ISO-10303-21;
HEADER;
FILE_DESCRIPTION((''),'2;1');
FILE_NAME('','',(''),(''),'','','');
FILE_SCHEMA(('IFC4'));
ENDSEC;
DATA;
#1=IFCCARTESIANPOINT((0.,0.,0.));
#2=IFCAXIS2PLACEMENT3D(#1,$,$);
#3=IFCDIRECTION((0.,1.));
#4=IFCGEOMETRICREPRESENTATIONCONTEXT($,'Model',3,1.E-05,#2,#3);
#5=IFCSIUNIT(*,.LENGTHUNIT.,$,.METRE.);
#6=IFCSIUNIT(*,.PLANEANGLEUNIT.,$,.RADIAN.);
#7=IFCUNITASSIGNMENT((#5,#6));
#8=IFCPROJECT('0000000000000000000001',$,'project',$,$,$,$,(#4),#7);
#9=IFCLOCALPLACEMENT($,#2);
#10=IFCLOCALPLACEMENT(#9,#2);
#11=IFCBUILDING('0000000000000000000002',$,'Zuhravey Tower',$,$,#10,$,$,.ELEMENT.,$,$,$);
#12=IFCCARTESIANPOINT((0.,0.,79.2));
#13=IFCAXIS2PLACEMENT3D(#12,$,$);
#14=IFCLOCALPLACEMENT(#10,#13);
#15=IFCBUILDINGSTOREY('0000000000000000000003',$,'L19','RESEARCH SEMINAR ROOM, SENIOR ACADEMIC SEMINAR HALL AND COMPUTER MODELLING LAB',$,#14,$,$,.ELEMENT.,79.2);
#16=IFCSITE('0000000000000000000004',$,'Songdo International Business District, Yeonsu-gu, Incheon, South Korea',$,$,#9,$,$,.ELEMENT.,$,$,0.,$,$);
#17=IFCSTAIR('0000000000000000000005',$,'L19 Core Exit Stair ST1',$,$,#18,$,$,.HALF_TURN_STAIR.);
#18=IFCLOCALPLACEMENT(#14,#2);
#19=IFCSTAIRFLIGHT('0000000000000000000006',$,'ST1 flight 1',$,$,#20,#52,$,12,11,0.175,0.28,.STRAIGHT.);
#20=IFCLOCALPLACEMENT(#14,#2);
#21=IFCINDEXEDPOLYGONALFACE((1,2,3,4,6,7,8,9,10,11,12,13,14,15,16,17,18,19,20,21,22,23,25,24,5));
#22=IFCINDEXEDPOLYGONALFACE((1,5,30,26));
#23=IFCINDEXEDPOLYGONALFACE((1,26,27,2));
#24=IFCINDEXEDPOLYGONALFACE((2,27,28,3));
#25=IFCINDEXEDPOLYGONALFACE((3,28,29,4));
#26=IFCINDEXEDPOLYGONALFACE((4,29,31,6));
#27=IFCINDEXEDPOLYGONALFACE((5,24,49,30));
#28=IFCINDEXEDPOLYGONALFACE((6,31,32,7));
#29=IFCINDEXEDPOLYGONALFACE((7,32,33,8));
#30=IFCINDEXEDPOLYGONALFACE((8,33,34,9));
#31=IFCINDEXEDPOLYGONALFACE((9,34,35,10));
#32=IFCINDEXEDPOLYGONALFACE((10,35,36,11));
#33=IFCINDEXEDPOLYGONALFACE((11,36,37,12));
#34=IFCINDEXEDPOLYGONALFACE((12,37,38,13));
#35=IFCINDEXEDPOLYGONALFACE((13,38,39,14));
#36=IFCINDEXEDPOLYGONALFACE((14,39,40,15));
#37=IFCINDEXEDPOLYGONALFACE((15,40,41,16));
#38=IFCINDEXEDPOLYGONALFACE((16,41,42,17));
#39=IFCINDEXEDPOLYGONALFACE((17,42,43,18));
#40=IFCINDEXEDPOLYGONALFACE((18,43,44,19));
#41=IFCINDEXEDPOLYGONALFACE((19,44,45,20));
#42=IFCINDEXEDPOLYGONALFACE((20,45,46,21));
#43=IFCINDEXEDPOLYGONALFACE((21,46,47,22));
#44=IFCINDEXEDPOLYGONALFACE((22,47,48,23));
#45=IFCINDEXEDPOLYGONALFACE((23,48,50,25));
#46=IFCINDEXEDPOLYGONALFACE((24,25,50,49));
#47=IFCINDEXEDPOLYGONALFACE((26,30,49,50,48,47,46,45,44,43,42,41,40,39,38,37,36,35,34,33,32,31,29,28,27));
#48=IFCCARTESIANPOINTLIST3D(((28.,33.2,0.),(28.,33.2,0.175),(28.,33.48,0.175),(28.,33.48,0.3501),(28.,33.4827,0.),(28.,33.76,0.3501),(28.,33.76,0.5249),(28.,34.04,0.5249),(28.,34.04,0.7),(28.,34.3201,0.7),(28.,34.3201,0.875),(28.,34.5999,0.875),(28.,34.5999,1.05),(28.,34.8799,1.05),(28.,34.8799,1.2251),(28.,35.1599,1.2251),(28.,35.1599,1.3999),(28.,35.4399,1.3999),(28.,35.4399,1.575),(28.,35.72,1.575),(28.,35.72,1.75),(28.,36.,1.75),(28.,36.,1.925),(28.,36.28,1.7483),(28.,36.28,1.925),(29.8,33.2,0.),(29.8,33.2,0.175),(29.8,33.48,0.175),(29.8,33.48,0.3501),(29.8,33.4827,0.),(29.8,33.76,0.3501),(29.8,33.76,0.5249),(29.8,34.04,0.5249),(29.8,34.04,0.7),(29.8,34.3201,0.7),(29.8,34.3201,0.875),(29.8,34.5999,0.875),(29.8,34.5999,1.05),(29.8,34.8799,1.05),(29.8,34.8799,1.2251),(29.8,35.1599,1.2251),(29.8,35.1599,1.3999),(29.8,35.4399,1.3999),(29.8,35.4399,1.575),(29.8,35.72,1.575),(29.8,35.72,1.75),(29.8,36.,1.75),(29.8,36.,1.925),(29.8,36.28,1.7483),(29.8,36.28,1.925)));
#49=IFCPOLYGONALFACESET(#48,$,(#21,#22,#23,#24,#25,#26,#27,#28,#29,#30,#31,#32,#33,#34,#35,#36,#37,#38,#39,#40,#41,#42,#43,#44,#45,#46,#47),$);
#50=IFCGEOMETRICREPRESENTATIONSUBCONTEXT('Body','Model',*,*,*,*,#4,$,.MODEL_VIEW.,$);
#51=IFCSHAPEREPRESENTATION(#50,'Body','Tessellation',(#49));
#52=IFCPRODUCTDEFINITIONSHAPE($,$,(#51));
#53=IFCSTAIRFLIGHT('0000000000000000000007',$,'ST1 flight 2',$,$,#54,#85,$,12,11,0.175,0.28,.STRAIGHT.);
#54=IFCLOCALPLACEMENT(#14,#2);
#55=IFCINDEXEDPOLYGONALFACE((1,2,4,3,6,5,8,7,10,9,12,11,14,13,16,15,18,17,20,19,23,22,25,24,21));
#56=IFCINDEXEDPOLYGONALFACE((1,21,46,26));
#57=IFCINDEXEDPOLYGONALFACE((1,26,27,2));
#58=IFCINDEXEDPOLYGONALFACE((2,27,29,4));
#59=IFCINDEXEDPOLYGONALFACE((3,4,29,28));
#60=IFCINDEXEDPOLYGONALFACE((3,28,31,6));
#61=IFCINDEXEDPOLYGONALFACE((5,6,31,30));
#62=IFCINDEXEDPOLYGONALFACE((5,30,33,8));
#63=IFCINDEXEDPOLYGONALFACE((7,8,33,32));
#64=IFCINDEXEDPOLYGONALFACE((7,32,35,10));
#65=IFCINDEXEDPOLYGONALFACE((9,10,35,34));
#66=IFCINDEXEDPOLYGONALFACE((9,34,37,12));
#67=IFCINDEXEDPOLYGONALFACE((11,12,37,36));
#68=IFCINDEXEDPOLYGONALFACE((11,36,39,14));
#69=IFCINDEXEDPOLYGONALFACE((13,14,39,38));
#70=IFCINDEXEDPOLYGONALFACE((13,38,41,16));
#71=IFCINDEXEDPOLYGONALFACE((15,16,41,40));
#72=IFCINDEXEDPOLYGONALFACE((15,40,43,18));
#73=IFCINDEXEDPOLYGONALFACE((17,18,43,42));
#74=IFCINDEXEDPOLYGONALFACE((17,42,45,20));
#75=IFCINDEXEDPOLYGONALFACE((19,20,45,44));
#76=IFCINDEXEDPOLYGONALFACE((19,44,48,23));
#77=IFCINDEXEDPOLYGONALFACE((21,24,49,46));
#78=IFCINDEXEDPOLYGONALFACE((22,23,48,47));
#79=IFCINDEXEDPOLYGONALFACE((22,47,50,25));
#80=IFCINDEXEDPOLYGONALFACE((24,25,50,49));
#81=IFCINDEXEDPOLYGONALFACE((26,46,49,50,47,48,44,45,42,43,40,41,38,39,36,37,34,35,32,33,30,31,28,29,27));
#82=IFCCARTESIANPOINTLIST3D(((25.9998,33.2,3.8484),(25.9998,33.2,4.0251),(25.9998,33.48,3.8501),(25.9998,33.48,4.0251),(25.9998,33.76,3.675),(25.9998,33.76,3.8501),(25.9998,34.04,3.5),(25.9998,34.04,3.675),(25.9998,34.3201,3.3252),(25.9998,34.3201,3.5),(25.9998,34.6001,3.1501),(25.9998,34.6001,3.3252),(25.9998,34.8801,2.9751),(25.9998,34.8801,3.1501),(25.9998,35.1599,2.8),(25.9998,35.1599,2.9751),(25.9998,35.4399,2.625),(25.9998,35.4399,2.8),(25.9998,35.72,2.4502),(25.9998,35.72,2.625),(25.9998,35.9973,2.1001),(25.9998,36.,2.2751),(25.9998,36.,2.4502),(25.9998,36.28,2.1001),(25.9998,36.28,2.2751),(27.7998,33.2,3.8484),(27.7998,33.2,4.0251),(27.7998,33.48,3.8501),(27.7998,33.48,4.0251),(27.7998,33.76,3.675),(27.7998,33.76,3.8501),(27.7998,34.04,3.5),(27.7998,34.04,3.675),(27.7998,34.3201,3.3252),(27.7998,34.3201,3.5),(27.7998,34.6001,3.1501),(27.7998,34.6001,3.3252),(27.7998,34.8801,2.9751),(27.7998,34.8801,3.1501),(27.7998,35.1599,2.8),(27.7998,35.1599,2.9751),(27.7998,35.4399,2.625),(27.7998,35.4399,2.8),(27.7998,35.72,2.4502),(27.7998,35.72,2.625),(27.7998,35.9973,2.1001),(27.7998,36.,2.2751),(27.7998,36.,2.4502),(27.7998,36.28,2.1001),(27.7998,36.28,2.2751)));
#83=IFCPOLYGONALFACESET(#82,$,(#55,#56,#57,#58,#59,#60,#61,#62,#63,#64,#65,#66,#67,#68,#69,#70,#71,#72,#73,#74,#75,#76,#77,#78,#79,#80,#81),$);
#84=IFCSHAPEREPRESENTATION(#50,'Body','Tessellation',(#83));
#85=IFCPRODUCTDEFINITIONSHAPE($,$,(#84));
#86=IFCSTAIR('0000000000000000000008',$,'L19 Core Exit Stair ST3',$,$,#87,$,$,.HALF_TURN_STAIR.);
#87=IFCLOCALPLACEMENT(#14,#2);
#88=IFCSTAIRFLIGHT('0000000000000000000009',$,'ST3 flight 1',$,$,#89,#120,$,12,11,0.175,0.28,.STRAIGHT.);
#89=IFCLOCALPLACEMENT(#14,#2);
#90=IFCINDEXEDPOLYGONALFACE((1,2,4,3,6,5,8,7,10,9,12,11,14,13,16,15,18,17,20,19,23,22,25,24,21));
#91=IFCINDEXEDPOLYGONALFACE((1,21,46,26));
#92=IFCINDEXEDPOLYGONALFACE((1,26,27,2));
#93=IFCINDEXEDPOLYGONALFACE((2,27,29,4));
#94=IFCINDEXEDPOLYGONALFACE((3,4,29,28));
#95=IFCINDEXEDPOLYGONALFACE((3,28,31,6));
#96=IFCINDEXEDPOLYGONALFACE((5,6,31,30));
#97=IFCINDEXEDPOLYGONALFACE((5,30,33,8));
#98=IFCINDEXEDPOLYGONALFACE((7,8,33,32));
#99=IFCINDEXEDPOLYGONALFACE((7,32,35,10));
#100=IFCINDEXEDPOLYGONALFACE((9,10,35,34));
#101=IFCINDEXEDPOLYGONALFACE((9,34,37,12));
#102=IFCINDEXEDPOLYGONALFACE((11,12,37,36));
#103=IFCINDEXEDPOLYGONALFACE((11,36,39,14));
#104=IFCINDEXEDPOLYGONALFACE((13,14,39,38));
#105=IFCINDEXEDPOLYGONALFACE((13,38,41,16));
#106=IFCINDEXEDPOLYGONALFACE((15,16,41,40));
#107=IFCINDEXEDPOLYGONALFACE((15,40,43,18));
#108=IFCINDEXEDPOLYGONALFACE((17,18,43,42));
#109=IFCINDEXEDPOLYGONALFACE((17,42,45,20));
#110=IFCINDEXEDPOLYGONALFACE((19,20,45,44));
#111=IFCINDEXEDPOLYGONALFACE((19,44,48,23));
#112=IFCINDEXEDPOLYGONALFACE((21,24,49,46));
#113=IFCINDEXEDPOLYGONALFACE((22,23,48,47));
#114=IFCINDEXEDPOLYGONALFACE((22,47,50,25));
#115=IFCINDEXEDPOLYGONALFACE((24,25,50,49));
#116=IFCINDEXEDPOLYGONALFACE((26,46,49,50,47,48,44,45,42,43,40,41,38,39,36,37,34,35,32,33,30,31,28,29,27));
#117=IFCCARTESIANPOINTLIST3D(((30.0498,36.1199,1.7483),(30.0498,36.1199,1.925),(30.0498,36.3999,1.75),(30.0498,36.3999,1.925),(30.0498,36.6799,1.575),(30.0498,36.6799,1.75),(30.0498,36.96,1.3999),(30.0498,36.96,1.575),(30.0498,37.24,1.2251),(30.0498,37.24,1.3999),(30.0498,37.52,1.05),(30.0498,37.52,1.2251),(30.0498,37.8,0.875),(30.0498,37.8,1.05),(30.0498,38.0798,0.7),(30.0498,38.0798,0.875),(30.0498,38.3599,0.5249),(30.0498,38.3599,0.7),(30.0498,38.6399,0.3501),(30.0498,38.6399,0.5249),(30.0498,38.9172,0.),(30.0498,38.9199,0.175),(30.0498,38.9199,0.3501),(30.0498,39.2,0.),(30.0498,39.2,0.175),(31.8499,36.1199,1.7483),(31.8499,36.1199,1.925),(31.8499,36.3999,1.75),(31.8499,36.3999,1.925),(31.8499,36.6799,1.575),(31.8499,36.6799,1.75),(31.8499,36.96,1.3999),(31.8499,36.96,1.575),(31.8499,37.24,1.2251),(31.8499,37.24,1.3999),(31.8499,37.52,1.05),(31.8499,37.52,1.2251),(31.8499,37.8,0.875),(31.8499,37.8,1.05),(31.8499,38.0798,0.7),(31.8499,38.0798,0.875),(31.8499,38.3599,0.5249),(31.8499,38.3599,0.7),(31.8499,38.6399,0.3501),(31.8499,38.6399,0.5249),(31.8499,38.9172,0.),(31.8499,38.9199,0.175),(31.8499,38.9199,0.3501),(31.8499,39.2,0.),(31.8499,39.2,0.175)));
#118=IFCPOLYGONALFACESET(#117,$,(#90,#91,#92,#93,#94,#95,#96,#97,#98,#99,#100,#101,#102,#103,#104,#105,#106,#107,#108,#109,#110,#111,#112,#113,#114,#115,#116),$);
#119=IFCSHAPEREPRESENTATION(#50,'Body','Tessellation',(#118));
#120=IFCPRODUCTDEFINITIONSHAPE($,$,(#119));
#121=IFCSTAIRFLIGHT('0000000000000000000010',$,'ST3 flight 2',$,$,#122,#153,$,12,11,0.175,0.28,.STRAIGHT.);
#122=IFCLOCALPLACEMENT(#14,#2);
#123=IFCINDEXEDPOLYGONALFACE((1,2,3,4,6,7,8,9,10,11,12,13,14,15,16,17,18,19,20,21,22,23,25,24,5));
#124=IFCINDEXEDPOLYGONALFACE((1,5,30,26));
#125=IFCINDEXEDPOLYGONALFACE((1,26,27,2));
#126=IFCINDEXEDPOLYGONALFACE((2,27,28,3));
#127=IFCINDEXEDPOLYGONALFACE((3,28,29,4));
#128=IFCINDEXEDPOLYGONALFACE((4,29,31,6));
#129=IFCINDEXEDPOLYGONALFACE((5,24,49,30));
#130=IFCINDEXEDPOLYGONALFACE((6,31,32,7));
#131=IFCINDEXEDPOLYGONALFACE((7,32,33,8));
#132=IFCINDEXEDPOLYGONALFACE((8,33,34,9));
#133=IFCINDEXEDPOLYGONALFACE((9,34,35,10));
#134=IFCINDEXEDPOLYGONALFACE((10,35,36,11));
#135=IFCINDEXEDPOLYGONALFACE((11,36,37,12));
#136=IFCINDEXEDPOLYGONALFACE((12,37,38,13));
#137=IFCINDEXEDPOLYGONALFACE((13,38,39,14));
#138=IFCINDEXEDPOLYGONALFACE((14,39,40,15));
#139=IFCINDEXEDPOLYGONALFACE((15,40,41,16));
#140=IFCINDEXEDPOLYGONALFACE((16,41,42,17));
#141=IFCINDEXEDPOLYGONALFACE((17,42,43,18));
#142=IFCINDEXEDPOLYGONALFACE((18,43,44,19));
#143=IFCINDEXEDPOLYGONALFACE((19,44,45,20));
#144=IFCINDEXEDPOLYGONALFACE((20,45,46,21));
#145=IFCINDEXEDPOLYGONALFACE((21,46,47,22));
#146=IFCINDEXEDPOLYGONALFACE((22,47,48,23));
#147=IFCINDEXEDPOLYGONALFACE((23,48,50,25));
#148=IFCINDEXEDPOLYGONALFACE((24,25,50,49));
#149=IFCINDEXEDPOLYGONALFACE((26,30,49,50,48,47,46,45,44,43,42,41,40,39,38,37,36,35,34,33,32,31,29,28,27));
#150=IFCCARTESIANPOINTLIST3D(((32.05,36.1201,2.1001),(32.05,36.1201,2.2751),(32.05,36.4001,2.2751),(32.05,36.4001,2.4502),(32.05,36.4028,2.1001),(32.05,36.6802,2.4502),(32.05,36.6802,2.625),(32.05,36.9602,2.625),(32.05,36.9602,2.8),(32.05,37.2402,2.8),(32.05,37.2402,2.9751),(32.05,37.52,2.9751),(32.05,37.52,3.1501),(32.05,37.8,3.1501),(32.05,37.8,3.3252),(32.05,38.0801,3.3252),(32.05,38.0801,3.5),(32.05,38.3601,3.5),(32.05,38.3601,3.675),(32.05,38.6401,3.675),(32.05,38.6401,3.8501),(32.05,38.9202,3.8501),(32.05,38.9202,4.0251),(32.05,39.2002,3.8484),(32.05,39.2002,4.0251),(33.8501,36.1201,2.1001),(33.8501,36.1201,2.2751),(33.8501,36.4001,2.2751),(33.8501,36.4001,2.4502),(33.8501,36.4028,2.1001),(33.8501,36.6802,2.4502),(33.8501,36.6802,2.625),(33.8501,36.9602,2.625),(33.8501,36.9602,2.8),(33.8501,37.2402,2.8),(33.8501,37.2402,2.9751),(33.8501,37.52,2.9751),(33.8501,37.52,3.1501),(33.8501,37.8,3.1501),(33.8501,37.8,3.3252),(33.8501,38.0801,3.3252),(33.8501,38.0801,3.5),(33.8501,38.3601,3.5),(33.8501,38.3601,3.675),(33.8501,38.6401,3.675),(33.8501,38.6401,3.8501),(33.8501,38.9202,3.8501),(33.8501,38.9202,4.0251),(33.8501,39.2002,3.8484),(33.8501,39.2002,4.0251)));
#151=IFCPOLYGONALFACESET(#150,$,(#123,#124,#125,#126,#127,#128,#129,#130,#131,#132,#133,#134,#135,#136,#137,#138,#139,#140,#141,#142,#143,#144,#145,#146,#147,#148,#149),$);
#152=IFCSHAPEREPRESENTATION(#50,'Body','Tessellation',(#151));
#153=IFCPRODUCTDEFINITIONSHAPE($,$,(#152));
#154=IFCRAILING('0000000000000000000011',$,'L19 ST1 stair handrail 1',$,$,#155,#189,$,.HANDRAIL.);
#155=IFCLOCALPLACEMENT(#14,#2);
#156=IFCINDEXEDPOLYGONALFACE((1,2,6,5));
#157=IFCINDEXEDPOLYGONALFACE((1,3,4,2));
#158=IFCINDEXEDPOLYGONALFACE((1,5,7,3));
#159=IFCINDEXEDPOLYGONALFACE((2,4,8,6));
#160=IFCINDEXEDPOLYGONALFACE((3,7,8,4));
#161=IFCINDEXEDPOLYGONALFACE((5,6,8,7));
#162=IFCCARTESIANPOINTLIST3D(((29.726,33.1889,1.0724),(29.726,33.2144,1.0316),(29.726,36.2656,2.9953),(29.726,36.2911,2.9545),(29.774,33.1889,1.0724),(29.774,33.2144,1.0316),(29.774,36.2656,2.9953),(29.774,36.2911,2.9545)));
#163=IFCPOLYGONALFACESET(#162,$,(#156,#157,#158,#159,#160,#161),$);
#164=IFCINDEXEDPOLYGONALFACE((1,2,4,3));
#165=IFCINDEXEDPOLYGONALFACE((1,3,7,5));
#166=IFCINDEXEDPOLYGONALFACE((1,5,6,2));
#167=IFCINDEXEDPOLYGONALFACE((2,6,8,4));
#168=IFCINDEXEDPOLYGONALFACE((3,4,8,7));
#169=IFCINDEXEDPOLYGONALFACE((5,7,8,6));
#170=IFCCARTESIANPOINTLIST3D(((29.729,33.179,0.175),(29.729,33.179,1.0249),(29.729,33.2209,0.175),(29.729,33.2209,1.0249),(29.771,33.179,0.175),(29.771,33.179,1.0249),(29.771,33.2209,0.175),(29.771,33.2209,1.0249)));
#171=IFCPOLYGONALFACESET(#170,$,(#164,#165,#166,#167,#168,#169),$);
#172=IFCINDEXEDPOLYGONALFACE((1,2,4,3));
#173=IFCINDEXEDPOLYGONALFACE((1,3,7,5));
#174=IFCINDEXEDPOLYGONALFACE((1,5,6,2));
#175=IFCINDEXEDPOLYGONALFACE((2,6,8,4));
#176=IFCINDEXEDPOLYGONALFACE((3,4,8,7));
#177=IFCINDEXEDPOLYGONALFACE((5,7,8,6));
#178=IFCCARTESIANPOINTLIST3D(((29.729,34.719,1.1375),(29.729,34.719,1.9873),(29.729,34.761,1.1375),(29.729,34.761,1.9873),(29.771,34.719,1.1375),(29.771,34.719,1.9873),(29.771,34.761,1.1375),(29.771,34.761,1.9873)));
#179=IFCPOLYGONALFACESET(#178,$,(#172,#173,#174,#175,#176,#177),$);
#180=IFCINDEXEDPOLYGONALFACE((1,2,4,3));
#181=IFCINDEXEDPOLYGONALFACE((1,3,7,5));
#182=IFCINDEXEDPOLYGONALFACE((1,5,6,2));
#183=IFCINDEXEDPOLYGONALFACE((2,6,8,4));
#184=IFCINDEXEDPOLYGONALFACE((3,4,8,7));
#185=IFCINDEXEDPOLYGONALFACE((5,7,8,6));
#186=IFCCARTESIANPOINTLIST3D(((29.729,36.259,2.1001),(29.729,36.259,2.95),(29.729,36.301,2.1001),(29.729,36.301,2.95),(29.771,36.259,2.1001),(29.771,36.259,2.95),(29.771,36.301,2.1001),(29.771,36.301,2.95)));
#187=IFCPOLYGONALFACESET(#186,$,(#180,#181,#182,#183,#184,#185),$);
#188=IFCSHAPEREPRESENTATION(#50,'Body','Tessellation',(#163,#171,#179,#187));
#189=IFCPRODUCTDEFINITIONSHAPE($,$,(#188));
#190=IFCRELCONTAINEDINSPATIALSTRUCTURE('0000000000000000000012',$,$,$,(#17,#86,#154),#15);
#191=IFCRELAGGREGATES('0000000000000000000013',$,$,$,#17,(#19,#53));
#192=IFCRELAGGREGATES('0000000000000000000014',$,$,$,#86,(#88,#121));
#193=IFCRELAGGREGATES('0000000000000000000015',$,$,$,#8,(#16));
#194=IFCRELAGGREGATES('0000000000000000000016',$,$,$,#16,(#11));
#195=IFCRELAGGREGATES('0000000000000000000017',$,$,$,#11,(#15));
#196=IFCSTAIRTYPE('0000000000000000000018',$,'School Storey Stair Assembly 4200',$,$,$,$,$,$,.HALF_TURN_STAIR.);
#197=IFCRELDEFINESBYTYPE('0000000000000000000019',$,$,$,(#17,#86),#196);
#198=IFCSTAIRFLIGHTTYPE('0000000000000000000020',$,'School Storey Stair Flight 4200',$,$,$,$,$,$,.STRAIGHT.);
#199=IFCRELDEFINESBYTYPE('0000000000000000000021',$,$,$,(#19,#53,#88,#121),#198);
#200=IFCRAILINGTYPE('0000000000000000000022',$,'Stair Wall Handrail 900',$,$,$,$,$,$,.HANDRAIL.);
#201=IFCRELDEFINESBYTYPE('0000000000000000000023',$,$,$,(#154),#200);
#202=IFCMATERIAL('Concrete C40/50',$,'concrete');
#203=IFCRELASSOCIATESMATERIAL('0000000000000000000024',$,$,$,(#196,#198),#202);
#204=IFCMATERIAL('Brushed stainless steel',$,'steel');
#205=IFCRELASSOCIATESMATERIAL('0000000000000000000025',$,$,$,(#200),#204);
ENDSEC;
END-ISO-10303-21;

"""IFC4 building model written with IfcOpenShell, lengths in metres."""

from ifc_helpers import new_model, si_unit, direction, frame, origin, origin_2d, place, context, subcontext, project, spatial, polyline, rectangle, outline, extrude, material, type_object, element, aggregate, save


model = new_model("IFC4")

# Units and contexts
model_context = context("Model", 3, precision=1e-05, world=origin(), true_north=direction((0.0, 1.0)))
body_context = subcontext(model_context, "Body", "Model", "MODEL_VIEW")
ifc_project = project(units=[si_unit("LENGTHUNIT", "METRE"), si_unit("PLANEANGLEUNIT", "RADIAN")], contexts=[model_context])

# Site, building, storey
site_placement = place(None, origin())
site = spatial("IfcSite", under=ifc_project, at=site_placement, Name="Songdo International Business District, Yeonsu-gu, Incheon, South Korea", CompositionType="ELEMENT", RefElevation=0.0)
building_placement = place(site_placement, origin())
building = spatial("IfcBuilding", under=site, at=building_placement, Name="Zuhravey Tower", CompositionType="ELEMENT")
storey_placement = place(building_placement, frame((0.0, 0.0, 79.2)))
storey = spatial("IfcBuildingStorey", under=building, at=storey_placement, Name="L19", Description="RESEARCH SEMINAR ROOM, SENIOR ACADEMIC SEMINAR HALL AND COMPUTER MODELLING LAB", CompositionType="ELEMENT", Elevation=79.2)

# Stairs, stair flights
ifc_material_1 = material(Name="Concrete C40/50", Category="concrete")
stair_type = type_object("IfcStairType", Name="School Storey Stair Assembly 4200", PredefinedType="HALF_TURN_STAIR", material=ifc_material_1)
stair_1_placement = place(storey_placement, origin())
stair_1 = element("IfcStair", 1, at=stair_1_placement, inside=storey, type_object=stair_type, Name="L19 Core Exit Stair ST1", PredefinedType="HALF_TURN_STAIR")
stair_flight_type = type_object("IfcStairFlightType", Name="School Storey Stair Flight 4200", PredefinedType="STRAIGHT", material=ifc_material_1)
stair_flight_1_placement = place(storey_placement, frame((28.8999, 33.2, 0.0), z_axis=(0.0, 0.0, 1.0), x_axis=(0.0, 1.0, 0.0)))
stair_flight_1 = element("IfcStairFlight", 2, at=stair_flight_1_placement, type_object=stair_flight_type, Name="ST1 flight 1", NumberOfRisers=12, NumberOfTreads=11, PredefinedType="STRAIGHT", RiserHeight=0.175, TreadLength=0.28, context=body_context, shape_type="SweptSolid", body=[
    extrude(outline(polyline([(0.0, 0.0), (0.0, 0.175), (0.28, 0.175), (0.28, 0.3501), (0.5601, 0.3501), (0.5601, 0.5249), (0.8401, 0.5249), (0.8401, 0.7), (1.1201, 0.7), (1.1201, 0.875), (1.3999, 0.875), (1.3999, 1.05), (1.6799, 1.05), (1.6799, 1.2251), (1.96, 1.2251), (1.96, 1.3999), (2.24, 1.3999), (2.24, 1.575), (2.52, 1.575), (2.52, 1.75), (2.8, 1.75), (2.8, 1.925), (3.0801, 1.925), (3.0801, 2.1001), (3.0801, 1.7483), (0.2827, 0.0), (0.0, 0.0)])), frame((0.0, 0.8999, 0.0), z_axis=(0.0, -1.0, 0.0), x_axis=(1.0, 0.0, 0.0)), (0.0, 0.0, 1.0), 1.8),
])
stair_flight_2_placement = place(storey_placement, frame((26.8999, 36.28, 2.1001), z_axis=(0.0, 0.0, 1.0), x_axis=(0.0, -1.0, 0.0)))
stair_flight_2 = element("IfcStairFlight", 3, at=stair_flight_2_placement, type_object=stair_flight_type, Name="ST1 flight 2", NumberOfRisers=12, NumberOfTreads=11, PredefinedType="STRAIGHT", RiserHeight=0.175, TreadLength=0.28, context=body_context, shape_type="SweptSolid", body=[
    extrude(outline(polyline([(0.0, 0.0), (0.0, 0.175), (0.28, 0.175), (0.28, 0.3501), (0.5601, 0.3501), (0.5601, 0.5249), (0.8401, 0.5249), (0.8401, 0.7), (1.1201, 0.7), (1.1201, 0.875), (1.3999, 0.875), (1.3999, 1.05), (1.6799, 1.05), (1.6799, 1.2251), (1.96, 1.2251), (1.96, 1.3999), (2.24, 1.3999), (2.24, 1.575), (2.52, 1.575), (2.52, 1.75), (2.8, 1.75), (2.8, 1.925), (3.0801, 1.925), (3.0801, 2.1001), (3.0801, 1.7483), (0.2827, 0.0), (0.0, 0.0)])), frame((0.0, 0.8999, 0.0), z_axis=(0.0, -1.0, 0.0), x_axis=(1.0, 0.0, 0.0)), (0.0, 0.0, 1.0), 1.8),
])
aggregate(stair_1, [stair_flight_1, stair_flight_2])
stair_2_placement = place(storey_placement, origin())
stair_2 = element("IfcStair", 4, at=stair_2_placement, inside=storey, type_object=stair_type, Name="L19 Core Exit Stair ST3", PredefinedType="HALF_TURN_STAIR")
stair_flight_3_placement = place(storey_placement, frame((30.95, 39.2, 0.0), z_axis=(0.0, 0.0, 1.0), x_axis=(0.0, -1.0, 0.0)))
stair_flight_3 = element("IfcStairFlight", 5, at=stair_flight_3_placement, type_object=stair_flight_type, Name="ST3 flight 1", NumberOfRisers=12, NumberOfTreads=11, PredefinedType="STRAIGHT", RiserHeight=0.175, TreadLength=0.28, context=body_context, shape_type="SweptSolid", body=[
    extrude(outline(polyline([(0.0, 0.0), (0.0, 0.175), (0.28, 0.175), (0.28, 0.3501), (0.5601, 0.3501), (0.5601, 0.5249), (0.8401, 0.5249), (0.8401, 0.7), (1.1201, 0.7), (1.1201, 0.875), (1.3999, 0.875), (1.3999, 1.05), (1.6799, 1.05), (1.6799, 1.2251), (1.96, 1.2251), (1.96, 1.3999), (2.24, 1.3999), (2.24, 1.575), (2.52, 1.575), (2.52, 1.75), (2.8, 1.75), (2.8, 1.925), (3.0801, 1.925), (3.0801, 2.1001), (3.0801, 1.7483), (0.2827, 0.0), (0.0, 0.0)])), frame((0.0, 0.8999, 0.0), z_axis=(0.0, -1.0, 0.0), x_axis=(1.0, 0.0, 0.0)), (0.0, 0.0, 1.0), 1.8),
])
stair_flight_4_placement = place(storey_placement, frame((32.95, 36.1201, 2.1001), z_axis=(0.0, 0.0, 1.0), x_axis=(0.0, 1.0, 0.0)))
stair_flight_4 = element("IfcStairFlight", 6, at=stair_flight_4_placement, type_object=stair_flight_type, Name="ST3 flight 2", NumberOfRisers=12, NumberOfTreads=11, PredefinedType="STRAIGHT", RiserHeight=0.175, TreadLength=0.28, context=body_context, shape_type="SweptSolid", body=[
    extrude(outline(polyline([(0.0, 0.0), (0.0, 0.175), (0.28, 0.175), (0.28, 0.3501), (0.5601, 0.3501), (0.5601, 0.5249), (0.8401, 0.5249), (0.8401, 0.7), (1.1201, 0.7), (1.1201, 0.875), (1.3999, 0.875), (1.3999, 1.05), (1.6799, 1.05), (1.6799, 1.2251), (1.96, 1.2251), (1.96, 1.3999), (2.24, 1.3999), (2.24, 1.575), (2.52, 1.575), (2.52, 1.75), (2.8, 1.75), (2.8, 1.925), (3.0801, 1.925), (3.0801, 2.1001), (3.0801, 1.7483), (0.2827, 0.0), (0.0, 0.0)])), frame((0.0, 0.8999, 0.0), z_axis=(0.0, -1.0, 0.0), x_axis=(1.0, 0.0, 0.0)), (0.0, 0.0, 1.0), 1.8),
])
aggregate(stair_2, [stair_flight_3, stair_flight_4])

# Railing
ifc_material_2 = material(Name="Brushed stainless steel", Category="steel")
railing_type_1 = type_object("IfcRailingType", Name="Stair Wall Handrail 900", PredefinedType="HANDRAIL", material=ifc_material_2)
railing_1_placement = place(storey_placement, frame((29.75, 33.2, 0.175)))
element("IfcRailing", 7, at=railing_1_placement, inside=storey, type_object=railing_type_1, Name="L19 ST1 stair handrail 1", PredefinedType="HANDRAIL", context=body_context, shape_type="SweptSolid", body=[
    extrude(rectangle(XDim=0.0481, YDim=0.0481, at=origin_2d()), frame((0.0, 0.0017, 0.877), z_axis=(0.0, 0.847998, 0.529999), x_axis=(-1.0, 0.0, 0.0)), (0.0, 0.0, 1.0), 3.6282),
    extrude(rectangle(XDim=0.042, YDim=0.042, at=origin_2d()), origin(), (0.0, 0.0, 1.0), 0.8499),
    extrude(rectangle(XDim=0.042, YDim=0.042, at=origin_2d()), frame((0.0, 1.54, 0.9624)), (0.0, 0.0, 1.0), 0.8499),
    extrude(rectangle(XDim=0.042, YDim=0.042, at=origin_2d()), frame((0.0, 3.0801, 1.925)), (0.0, 0.0, 1.0), 0.8499),
])

save(model, "model.ifc")
